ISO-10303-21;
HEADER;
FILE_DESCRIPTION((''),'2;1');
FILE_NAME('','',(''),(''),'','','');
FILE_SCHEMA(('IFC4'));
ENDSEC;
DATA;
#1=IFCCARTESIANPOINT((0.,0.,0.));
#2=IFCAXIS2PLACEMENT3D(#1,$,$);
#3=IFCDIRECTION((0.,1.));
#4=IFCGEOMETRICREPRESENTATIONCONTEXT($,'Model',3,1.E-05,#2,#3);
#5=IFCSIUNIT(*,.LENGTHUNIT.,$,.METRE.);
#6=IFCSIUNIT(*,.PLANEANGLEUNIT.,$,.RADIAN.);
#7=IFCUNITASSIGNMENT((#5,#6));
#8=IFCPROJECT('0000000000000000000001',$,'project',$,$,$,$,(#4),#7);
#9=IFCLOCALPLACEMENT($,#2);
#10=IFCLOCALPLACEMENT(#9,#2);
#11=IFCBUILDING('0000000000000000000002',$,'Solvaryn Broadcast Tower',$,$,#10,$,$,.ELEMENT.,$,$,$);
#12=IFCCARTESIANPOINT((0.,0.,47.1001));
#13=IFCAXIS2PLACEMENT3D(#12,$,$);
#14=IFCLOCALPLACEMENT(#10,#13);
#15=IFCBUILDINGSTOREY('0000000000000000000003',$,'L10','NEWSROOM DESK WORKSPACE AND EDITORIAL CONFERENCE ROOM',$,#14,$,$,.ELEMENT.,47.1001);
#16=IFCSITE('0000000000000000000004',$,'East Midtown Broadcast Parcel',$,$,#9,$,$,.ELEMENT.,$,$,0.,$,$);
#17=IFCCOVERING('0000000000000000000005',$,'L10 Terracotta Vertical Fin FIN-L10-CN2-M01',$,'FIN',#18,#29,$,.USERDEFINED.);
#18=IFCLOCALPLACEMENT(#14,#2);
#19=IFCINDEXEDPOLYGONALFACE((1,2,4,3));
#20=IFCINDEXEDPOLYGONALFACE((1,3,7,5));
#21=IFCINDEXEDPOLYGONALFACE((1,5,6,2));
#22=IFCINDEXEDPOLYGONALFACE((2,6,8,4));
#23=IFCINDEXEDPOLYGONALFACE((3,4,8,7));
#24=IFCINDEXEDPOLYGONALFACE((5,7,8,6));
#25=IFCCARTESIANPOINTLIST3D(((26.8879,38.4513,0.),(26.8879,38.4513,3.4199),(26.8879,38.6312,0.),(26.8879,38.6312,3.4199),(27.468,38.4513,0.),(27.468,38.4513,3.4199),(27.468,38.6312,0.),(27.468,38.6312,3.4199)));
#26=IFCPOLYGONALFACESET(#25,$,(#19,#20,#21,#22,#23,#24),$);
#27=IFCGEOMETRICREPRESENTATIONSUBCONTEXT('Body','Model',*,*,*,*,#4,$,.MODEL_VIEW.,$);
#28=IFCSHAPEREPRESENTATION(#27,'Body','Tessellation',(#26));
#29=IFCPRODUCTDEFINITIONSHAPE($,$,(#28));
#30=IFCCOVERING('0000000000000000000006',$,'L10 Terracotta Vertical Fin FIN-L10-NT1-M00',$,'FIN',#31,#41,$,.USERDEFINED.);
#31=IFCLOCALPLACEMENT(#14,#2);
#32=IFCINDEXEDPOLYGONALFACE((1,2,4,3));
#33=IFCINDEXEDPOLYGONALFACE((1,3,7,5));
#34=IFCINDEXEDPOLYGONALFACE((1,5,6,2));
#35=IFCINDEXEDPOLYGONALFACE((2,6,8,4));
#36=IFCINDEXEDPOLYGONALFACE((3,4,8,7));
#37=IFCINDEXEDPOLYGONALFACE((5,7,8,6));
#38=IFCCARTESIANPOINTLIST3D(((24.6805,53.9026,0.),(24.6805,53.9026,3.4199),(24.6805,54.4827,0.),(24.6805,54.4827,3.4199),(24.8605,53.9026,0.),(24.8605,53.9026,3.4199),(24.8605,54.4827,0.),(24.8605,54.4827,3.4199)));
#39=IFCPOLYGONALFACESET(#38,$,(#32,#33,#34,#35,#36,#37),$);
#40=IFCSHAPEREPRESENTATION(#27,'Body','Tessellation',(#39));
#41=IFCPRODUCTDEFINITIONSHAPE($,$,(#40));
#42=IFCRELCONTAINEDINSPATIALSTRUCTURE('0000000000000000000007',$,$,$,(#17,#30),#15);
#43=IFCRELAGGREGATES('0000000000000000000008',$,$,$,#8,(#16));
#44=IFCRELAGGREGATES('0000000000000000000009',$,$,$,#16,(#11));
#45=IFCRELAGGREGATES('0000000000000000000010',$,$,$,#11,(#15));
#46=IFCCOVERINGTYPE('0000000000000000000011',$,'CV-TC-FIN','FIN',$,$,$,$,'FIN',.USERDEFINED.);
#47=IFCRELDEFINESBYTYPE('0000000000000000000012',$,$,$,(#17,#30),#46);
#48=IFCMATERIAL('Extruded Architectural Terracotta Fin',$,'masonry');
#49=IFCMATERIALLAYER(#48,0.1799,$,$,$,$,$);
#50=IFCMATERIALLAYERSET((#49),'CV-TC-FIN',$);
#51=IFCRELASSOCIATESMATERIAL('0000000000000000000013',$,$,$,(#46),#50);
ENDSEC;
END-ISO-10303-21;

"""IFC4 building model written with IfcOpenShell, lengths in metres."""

from ifc_helpers import new_model, si_unit, direction, frame, origin, origin_2d, place, context, subcontext, project, spatial, rectangle, extrude, material, layer, layer_set, type_object, element, save


model = new_model("IFC4")

# Units and contexts
model_context = context("Model", 3, precision=1e-05, world=origin(), true_north=direction((0.0, 1.0)))
body_context = subcontext(model_context, "Body", "Model", "MODEL_VIEW")
ifc_project = project(units=[si_unit("LENGTHUNIT", "METRE"), si_unit("PLANEANGLEUNIT", "RADIAN")], contexts=[model_context])

# Site, building, storey
site_placement = place(None, origin())
site = spatial("IfcSite", under=ifc_project, at=site_placement, Name="East Midtown Broadcast Parcel", CompositionType="ELEMENT", RefElevation=0.0)
building_placement = place(site_placement, origin())
building = spatial("IfcBuilding", under=site, at=building_placement, Name="Solvaryn Broadcast Tower", CompositionType="ELEMENT")
storey_placement = place(building_placement, frame((0.0, 0.0, 47.1001)))
storey = spatial("IfcBuildingStorey", under=building, at=storey_placement, Name="L10", Description="NEWSROOM DESK WORKSPACE AND EDITORIAL CONFERENCE ROOM", CompositionType="ELEMENT", Elevation=47.1001)

# Coverings
ifc_material_1 = material(Name="Extruded Architectural Terracotta Fin", Category="masonry")
ifc_layer_1 = layer(ifc_material_1, 0.1799)
ifc_layer_set_1 = layer_set([ifc_layer_1], Name="CV-TC-FIN")
covering_type = type_object("IfcCoveringType", Name="CV-TC-FIN", Description="FIN", ElementType="FIN", PredefinedType="USERDEFINED", material=ifc_layer_set_1)
for number, where, z_axis, x_axis, name in (
    (1, (27.178, 38.5413, 0.0), (0.0, 0.0, 1.0), (1.0, 0.0, 0.0), "L10 Terracotta Vertical Fin FIN-L10-CN2-M01"),
):
    element("IfcCovering", number, at=place(storey_placement, frame(where, z_axis=z_axis, x_axis=x_axis)), inside=storey, type_object=covering_type, Name=name, ObjectType="FIN", PredefinedType="USERDEFINED", context=body_context, shape_type="SweptSolid", body=[
        extrude(rectangle(XDim=0.5801, YDim=0.1799, at=origin_2d()), origin(), (0.0, 0.0, 1.0), 3.4199),
    ])
covering_1_placement = place(storey_placement, frame((24.7705, 54.1926, 0.0), z_axis=(0.0, 0.0, 1.0), x_axis=(1.0, 0.0, 0.0)))
element("IfcCovering", 2, at=covering_1_placement, inside=storey, type_object=covering_type, Name="L10 Terracotta Vertical Fin FIN-L10-NT1-M00", ObjectType="FIN", PredefinedType="USERDEFINED", context=body_context, shape_type="SweptSolid", body=[
    extrude(rectangle(XDim=0.1799, YDim=0.5801, at=origin_2d()), origin(), (0.0, 0.0, 1.0), 3.4199),
])

save(model, "model.ifc")
